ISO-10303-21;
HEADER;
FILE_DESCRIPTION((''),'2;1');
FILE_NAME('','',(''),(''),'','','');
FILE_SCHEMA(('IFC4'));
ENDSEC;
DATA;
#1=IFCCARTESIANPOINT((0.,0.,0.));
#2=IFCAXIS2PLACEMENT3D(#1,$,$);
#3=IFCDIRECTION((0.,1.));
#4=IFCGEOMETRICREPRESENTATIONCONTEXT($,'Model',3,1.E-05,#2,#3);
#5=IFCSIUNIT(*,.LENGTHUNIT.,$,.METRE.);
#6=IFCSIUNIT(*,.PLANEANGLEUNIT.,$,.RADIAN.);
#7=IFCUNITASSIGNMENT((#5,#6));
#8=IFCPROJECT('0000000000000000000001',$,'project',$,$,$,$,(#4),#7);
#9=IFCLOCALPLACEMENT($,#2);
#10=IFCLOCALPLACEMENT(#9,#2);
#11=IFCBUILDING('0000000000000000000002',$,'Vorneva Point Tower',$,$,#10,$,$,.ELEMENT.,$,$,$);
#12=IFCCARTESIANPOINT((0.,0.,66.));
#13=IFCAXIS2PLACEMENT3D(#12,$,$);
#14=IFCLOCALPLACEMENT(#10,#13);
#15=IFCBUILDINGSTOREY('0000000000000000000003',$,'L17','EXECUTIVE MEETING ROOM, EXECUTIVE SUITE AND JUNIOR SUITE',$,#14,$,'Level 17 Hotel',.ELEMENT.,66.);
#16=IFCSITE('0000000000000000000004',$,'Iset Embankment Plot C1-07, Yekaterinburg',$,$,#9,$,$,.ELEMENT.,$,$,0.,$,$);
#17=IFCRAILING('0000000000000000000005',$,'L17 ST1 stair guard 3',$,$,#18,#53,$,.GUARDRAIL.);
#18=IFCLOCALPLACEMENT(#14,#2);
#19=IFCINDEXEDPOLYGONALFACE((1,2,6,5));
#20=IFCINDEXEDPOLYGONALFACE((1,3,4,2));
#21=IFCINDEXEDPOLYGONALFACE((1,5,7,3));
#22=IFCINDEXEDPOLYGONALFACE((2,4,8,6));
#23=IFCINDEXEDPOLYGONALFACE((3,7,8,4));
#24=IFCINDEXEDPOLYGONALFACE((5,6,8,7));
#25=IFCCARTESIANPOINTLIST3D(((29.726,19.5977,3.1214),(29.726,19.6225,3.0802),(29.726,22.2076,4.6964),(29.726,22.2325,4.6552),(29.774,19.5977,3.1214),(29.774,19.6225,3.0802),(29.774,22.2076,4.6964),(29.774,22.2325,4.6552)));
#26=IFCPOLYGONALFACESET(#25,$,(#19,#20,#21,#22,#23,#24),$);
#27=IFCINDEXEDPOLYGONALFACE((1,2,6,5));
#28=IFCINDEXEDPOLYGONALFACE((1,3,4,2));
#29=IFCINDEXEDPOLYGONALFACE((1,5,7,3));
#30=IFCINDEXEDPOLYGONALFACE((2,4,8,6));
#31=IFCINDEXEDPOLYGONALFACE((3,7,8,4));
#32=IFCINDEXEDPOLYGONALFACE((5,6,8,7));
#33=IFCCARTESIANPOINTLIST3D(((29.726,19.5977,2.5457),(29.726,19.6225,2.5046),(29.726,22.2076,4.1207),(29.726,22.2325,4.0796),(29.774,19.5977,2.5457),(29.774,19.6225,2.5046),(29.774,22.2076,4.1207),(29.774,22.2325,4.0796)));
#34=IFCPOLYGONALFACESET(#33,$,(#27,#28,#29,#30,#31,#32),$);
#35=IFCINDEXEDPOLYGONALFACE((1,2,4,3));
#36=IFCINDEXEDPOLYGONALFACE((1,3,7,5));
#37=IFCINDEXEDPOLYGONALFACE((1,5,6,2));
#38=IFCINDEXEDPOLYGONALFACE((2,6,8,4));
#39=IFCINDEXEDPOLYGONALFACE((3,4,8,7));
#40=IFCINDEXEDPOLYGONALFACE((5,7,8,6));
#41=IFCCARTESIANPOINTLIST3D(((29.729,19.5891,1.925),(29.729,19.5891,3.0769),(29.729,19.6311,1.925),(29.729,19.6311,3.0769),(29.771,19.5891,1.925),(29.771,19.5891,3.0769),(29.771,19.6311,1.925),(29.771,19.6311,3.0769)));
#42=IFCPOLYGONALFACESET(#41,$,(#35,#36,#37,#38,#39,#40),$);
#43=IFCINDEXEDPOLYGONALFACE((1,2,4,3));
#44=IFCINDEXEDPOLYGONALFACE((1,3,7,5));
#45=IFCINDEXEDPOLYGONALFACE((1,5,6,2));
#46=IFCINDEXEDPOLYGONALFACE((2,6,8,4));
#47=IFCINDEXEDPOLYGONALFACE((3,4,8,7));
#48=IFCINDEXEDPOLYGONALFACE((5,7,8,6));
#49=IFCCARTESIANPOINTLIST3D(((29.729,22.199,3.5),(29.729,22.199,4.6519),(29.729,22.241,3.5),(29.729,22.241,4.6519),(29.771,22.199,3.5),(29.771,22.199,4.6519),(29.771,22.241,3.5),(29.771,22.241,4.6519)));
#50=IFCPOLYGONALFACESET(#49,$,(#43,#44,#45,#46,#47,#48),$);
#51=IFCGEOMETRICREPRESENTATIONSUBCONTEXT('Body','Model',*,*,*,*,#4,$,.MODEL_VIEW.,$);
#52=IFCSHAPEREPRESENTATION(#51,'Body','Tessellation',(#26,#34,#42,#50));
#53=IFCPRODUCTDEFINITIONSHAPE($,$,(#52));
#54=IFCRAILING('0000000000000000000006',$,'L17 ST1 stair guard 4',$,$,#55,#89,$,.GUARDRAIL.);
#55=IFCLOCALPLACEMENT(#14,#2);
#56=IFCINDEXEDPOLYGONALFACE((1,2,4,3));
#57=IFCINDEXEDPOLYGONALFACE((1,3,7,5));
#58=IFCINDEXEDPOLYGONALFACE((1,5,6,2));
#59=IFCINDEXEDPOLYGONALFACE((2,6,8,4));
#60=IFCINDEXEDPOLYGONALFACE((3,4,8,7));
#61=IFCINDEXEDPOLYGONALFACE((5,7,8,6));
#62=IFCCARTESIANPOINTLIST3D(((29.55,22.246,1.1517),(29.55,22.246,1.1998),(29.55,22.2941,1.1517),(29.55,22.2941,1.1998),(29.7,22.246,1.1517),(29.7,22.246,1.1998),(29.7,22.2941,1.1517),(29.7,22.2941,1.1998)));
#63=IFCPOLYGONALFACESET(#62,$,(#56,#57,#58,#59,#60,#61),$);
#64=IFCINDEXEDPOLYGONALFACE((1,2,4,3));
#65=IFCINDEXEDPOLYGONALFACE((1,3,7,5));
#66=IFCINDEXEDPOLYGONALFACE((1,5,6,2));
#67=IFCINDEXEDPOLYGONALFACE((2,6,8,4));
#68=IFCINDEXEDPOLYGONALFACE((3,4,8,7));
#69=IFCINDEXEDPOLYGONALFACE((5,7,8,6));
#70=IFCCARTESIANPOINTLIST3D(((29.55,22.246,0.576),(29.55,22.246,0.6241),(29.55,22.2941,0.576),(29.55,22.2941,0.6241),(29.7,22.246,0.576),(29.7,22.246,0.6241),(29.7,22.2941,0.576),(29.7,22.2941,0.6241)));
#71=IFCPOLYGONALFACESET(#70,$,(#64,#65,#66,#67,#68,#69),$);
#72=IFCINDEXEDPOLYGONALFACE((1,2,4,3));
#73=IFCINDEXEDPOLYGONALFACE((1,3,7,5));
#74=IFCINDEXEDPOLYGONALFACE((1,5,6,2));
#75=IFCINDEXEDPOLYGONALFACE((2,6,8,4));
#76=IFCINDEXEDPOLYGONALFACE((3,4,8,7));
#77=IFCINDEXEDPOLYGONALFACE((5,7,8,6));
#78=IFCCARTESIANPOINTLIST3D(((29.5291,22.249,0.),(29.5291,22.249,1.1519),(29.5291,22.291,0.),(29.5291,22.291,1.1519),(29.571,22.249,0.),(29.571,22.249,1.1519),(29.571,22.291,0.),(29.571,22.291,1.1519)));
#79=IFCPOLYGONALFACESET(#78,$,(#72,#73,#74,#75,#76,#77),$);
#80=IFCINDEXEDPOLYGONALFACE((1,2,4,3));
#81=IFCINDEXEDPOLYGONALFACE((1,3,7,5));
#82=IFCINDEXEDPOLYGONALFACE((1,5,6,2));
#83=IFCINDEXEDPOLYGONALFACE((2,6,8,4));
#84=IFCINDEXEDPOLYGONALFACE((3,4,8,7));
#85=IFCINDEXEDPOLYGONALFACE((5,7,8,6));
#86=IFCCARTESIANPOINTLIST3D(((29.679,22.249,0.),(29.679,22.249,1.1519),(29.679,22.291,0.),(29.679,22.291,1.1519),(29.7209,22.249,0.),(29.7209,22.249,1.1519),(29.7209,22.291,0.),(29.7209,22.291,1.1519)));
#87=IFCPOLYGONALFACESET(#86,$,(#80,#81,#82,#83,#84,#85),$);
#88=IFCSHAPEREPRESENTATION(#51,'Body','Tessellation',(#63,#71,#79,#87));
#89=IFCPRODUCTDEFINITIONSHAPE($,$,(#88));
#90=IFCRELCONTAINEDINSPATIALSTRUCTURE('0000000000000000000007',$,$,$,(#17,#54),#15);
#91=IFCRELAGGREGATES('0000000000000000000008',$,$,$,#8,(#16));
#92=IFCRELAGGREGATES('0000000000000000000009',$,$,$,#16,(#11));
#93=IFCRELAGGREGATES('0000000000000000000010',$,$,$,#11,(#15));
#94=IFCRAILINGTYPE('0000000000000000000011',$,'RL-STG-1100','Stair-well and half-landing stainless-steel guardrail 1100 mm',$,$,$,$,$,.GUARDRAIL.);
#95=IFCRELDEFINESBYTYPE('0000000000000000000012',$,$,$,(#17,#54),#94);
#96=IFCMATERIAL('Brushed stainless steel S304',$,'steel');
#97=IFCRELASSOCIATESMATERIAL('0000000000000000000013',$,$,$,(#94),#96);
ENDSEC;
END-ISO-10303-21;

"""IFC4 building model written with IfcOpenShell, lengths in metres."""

from ifc_helpers import new_model, si_unit, direction, frame, origin, origin_2d, place, context, subcontext, project, spatial, rectangle, extrude, material, type_object, element, save


model = new_model("IFC4")

# Units and contexts
model_context = context("Model", 3, precision=1e-05, world=origin(), true_north=direction((0.0, 1.0)))
body_context = subcontext(model_context, "Body", "Model", "MODEL_VIEW")
ifc_project = project(units=[si_unit("LENGTHUNIT", "METRE"), si_unit("PLANEANGLEUNIT", "RADIAN")], contexts=[model_context])

# Site, building, storey
site_placement = place(None, origin())
site = spatial("IfcSite", under=ifc_project, at=site_placement, Name="Iset Embankment Plot C1-07, Yekaterinburg", CompositionType="ELEMENT", RefElevation=0.0)
building_placement = place(site_placement, origin())
building = spatial("IfcBuilding", under=site, at=building_placement, Name="Vorneva Point Tower", CompositionType="ELEMENT")
storey_placement = place(building_placement, frame((0.0, 0.0, 66.0)))
storey = spatial("IfcBuildingStorey", under=building, at=storey_placement, Name="L17", Description="EXECUTIVE MEETING ROOM, EXECUTIVE SUITE AND JUNIOR SUITE", LongName="Level 17 Hotel", CompositionType="ELEMENT", Elevation=66.0)

# Railings
ifc_material_1 = material(Name="Brushed stainless steel S304", Category="steel")
railing_type_1 = type_object("IfcRailingType", Name="RL-STG-1100", Description="Stair-well and half-landing stainless-steel guardrail 1100 mm", PredefinedType="GUARDRAIL", material=ifc_material_1)
railing_1_placement = place(storey_placement, frame((29.75, 19.6101, 1.925)))
element("IfcRailing", 1, at=railing_1_placement, inside=storey, type_object=railing_type_1, Name="L17 ST1 stair guard 3", PredefinedType="GUARDRAIL", context=body_context, shape_type="SweptSolid", body=[
    extrude(rectangle(XDim=0.0481, YDim=0.0481, at=origin_2d()), frame((0.0, 0.0, 1.1758), z_axis=(0.0, 0.856183, 0.516673), x_axis=(-1.0, 0.0, 0.0)), (0.0, 0.0, 1.0), 3.0483),
    extrude(rectangle(XDim=0.0481, YDim=0.0481, at=origin_2d()), frame((0.0, 0.0, 0.6001), z_axis=(0.0, 0.856183, 0.516673), x_axis=(-1.0, 0.0, 0.0)), (0.0, 0.0, 1.0), 3.0483),
    extrude(rectangle(XDim=0.042, YDim=0.042, at=origin_2d()), origin(), (0.0, 0.0, 1.0), 1.1519),
    extrude(rectangle(XDim=0.042, YDim=0.042, at=origin_2d()), frame((0.0, 2.6099, 1.575)), (0.0, 0.0, 1.0), 1.1519),
])
railing_2_placement = place(storey_placement, frame((29.55, 22.27, 0.0)))
element("IfcRailing", 2, at=railing_2_placement, inside=storey, type_object=railing_type_1, Name="L17 ST1 stair guard 4", PredefinedType="GUARDRAIL", context=body_context, shape_type="SweptSolid", body=[
    extrude(rectangle(XDim=0.0481, YDim=0.0481, at=origin_2d()), frame((0.0, 0.0, 1.1758), z_axis=(1.0, 0.0, 0.0), x_axis=(0.0, 1.0, 0.0)), (0.0, 0.0, 1.0), 0.1499),
    extrude(rectangle(XDim=0.0481, YDim=0.0481, at=origin_2d()), frame((0.0, 0.0, 0.6001), z_axis=(1.0, 0.0, 0.0), x_axis=(0.0, 1.0, 0.0)), (0.0, 0.0, 1.0), 0.1499),
    extrude(rectangle(XDim=0.042, YDim=0.042, at=origin_2d()), origin(), (0.0, 0.0, 1.0), 1.1519),
    extrude(rectangle(XDim=0.042, YDim=0.042, at=origin_2d()), frame((0.1499, 0.0, 0.0)), (0.0, 0.0, 1.0), 1.1519),
])

save(model, "model.ifc")
